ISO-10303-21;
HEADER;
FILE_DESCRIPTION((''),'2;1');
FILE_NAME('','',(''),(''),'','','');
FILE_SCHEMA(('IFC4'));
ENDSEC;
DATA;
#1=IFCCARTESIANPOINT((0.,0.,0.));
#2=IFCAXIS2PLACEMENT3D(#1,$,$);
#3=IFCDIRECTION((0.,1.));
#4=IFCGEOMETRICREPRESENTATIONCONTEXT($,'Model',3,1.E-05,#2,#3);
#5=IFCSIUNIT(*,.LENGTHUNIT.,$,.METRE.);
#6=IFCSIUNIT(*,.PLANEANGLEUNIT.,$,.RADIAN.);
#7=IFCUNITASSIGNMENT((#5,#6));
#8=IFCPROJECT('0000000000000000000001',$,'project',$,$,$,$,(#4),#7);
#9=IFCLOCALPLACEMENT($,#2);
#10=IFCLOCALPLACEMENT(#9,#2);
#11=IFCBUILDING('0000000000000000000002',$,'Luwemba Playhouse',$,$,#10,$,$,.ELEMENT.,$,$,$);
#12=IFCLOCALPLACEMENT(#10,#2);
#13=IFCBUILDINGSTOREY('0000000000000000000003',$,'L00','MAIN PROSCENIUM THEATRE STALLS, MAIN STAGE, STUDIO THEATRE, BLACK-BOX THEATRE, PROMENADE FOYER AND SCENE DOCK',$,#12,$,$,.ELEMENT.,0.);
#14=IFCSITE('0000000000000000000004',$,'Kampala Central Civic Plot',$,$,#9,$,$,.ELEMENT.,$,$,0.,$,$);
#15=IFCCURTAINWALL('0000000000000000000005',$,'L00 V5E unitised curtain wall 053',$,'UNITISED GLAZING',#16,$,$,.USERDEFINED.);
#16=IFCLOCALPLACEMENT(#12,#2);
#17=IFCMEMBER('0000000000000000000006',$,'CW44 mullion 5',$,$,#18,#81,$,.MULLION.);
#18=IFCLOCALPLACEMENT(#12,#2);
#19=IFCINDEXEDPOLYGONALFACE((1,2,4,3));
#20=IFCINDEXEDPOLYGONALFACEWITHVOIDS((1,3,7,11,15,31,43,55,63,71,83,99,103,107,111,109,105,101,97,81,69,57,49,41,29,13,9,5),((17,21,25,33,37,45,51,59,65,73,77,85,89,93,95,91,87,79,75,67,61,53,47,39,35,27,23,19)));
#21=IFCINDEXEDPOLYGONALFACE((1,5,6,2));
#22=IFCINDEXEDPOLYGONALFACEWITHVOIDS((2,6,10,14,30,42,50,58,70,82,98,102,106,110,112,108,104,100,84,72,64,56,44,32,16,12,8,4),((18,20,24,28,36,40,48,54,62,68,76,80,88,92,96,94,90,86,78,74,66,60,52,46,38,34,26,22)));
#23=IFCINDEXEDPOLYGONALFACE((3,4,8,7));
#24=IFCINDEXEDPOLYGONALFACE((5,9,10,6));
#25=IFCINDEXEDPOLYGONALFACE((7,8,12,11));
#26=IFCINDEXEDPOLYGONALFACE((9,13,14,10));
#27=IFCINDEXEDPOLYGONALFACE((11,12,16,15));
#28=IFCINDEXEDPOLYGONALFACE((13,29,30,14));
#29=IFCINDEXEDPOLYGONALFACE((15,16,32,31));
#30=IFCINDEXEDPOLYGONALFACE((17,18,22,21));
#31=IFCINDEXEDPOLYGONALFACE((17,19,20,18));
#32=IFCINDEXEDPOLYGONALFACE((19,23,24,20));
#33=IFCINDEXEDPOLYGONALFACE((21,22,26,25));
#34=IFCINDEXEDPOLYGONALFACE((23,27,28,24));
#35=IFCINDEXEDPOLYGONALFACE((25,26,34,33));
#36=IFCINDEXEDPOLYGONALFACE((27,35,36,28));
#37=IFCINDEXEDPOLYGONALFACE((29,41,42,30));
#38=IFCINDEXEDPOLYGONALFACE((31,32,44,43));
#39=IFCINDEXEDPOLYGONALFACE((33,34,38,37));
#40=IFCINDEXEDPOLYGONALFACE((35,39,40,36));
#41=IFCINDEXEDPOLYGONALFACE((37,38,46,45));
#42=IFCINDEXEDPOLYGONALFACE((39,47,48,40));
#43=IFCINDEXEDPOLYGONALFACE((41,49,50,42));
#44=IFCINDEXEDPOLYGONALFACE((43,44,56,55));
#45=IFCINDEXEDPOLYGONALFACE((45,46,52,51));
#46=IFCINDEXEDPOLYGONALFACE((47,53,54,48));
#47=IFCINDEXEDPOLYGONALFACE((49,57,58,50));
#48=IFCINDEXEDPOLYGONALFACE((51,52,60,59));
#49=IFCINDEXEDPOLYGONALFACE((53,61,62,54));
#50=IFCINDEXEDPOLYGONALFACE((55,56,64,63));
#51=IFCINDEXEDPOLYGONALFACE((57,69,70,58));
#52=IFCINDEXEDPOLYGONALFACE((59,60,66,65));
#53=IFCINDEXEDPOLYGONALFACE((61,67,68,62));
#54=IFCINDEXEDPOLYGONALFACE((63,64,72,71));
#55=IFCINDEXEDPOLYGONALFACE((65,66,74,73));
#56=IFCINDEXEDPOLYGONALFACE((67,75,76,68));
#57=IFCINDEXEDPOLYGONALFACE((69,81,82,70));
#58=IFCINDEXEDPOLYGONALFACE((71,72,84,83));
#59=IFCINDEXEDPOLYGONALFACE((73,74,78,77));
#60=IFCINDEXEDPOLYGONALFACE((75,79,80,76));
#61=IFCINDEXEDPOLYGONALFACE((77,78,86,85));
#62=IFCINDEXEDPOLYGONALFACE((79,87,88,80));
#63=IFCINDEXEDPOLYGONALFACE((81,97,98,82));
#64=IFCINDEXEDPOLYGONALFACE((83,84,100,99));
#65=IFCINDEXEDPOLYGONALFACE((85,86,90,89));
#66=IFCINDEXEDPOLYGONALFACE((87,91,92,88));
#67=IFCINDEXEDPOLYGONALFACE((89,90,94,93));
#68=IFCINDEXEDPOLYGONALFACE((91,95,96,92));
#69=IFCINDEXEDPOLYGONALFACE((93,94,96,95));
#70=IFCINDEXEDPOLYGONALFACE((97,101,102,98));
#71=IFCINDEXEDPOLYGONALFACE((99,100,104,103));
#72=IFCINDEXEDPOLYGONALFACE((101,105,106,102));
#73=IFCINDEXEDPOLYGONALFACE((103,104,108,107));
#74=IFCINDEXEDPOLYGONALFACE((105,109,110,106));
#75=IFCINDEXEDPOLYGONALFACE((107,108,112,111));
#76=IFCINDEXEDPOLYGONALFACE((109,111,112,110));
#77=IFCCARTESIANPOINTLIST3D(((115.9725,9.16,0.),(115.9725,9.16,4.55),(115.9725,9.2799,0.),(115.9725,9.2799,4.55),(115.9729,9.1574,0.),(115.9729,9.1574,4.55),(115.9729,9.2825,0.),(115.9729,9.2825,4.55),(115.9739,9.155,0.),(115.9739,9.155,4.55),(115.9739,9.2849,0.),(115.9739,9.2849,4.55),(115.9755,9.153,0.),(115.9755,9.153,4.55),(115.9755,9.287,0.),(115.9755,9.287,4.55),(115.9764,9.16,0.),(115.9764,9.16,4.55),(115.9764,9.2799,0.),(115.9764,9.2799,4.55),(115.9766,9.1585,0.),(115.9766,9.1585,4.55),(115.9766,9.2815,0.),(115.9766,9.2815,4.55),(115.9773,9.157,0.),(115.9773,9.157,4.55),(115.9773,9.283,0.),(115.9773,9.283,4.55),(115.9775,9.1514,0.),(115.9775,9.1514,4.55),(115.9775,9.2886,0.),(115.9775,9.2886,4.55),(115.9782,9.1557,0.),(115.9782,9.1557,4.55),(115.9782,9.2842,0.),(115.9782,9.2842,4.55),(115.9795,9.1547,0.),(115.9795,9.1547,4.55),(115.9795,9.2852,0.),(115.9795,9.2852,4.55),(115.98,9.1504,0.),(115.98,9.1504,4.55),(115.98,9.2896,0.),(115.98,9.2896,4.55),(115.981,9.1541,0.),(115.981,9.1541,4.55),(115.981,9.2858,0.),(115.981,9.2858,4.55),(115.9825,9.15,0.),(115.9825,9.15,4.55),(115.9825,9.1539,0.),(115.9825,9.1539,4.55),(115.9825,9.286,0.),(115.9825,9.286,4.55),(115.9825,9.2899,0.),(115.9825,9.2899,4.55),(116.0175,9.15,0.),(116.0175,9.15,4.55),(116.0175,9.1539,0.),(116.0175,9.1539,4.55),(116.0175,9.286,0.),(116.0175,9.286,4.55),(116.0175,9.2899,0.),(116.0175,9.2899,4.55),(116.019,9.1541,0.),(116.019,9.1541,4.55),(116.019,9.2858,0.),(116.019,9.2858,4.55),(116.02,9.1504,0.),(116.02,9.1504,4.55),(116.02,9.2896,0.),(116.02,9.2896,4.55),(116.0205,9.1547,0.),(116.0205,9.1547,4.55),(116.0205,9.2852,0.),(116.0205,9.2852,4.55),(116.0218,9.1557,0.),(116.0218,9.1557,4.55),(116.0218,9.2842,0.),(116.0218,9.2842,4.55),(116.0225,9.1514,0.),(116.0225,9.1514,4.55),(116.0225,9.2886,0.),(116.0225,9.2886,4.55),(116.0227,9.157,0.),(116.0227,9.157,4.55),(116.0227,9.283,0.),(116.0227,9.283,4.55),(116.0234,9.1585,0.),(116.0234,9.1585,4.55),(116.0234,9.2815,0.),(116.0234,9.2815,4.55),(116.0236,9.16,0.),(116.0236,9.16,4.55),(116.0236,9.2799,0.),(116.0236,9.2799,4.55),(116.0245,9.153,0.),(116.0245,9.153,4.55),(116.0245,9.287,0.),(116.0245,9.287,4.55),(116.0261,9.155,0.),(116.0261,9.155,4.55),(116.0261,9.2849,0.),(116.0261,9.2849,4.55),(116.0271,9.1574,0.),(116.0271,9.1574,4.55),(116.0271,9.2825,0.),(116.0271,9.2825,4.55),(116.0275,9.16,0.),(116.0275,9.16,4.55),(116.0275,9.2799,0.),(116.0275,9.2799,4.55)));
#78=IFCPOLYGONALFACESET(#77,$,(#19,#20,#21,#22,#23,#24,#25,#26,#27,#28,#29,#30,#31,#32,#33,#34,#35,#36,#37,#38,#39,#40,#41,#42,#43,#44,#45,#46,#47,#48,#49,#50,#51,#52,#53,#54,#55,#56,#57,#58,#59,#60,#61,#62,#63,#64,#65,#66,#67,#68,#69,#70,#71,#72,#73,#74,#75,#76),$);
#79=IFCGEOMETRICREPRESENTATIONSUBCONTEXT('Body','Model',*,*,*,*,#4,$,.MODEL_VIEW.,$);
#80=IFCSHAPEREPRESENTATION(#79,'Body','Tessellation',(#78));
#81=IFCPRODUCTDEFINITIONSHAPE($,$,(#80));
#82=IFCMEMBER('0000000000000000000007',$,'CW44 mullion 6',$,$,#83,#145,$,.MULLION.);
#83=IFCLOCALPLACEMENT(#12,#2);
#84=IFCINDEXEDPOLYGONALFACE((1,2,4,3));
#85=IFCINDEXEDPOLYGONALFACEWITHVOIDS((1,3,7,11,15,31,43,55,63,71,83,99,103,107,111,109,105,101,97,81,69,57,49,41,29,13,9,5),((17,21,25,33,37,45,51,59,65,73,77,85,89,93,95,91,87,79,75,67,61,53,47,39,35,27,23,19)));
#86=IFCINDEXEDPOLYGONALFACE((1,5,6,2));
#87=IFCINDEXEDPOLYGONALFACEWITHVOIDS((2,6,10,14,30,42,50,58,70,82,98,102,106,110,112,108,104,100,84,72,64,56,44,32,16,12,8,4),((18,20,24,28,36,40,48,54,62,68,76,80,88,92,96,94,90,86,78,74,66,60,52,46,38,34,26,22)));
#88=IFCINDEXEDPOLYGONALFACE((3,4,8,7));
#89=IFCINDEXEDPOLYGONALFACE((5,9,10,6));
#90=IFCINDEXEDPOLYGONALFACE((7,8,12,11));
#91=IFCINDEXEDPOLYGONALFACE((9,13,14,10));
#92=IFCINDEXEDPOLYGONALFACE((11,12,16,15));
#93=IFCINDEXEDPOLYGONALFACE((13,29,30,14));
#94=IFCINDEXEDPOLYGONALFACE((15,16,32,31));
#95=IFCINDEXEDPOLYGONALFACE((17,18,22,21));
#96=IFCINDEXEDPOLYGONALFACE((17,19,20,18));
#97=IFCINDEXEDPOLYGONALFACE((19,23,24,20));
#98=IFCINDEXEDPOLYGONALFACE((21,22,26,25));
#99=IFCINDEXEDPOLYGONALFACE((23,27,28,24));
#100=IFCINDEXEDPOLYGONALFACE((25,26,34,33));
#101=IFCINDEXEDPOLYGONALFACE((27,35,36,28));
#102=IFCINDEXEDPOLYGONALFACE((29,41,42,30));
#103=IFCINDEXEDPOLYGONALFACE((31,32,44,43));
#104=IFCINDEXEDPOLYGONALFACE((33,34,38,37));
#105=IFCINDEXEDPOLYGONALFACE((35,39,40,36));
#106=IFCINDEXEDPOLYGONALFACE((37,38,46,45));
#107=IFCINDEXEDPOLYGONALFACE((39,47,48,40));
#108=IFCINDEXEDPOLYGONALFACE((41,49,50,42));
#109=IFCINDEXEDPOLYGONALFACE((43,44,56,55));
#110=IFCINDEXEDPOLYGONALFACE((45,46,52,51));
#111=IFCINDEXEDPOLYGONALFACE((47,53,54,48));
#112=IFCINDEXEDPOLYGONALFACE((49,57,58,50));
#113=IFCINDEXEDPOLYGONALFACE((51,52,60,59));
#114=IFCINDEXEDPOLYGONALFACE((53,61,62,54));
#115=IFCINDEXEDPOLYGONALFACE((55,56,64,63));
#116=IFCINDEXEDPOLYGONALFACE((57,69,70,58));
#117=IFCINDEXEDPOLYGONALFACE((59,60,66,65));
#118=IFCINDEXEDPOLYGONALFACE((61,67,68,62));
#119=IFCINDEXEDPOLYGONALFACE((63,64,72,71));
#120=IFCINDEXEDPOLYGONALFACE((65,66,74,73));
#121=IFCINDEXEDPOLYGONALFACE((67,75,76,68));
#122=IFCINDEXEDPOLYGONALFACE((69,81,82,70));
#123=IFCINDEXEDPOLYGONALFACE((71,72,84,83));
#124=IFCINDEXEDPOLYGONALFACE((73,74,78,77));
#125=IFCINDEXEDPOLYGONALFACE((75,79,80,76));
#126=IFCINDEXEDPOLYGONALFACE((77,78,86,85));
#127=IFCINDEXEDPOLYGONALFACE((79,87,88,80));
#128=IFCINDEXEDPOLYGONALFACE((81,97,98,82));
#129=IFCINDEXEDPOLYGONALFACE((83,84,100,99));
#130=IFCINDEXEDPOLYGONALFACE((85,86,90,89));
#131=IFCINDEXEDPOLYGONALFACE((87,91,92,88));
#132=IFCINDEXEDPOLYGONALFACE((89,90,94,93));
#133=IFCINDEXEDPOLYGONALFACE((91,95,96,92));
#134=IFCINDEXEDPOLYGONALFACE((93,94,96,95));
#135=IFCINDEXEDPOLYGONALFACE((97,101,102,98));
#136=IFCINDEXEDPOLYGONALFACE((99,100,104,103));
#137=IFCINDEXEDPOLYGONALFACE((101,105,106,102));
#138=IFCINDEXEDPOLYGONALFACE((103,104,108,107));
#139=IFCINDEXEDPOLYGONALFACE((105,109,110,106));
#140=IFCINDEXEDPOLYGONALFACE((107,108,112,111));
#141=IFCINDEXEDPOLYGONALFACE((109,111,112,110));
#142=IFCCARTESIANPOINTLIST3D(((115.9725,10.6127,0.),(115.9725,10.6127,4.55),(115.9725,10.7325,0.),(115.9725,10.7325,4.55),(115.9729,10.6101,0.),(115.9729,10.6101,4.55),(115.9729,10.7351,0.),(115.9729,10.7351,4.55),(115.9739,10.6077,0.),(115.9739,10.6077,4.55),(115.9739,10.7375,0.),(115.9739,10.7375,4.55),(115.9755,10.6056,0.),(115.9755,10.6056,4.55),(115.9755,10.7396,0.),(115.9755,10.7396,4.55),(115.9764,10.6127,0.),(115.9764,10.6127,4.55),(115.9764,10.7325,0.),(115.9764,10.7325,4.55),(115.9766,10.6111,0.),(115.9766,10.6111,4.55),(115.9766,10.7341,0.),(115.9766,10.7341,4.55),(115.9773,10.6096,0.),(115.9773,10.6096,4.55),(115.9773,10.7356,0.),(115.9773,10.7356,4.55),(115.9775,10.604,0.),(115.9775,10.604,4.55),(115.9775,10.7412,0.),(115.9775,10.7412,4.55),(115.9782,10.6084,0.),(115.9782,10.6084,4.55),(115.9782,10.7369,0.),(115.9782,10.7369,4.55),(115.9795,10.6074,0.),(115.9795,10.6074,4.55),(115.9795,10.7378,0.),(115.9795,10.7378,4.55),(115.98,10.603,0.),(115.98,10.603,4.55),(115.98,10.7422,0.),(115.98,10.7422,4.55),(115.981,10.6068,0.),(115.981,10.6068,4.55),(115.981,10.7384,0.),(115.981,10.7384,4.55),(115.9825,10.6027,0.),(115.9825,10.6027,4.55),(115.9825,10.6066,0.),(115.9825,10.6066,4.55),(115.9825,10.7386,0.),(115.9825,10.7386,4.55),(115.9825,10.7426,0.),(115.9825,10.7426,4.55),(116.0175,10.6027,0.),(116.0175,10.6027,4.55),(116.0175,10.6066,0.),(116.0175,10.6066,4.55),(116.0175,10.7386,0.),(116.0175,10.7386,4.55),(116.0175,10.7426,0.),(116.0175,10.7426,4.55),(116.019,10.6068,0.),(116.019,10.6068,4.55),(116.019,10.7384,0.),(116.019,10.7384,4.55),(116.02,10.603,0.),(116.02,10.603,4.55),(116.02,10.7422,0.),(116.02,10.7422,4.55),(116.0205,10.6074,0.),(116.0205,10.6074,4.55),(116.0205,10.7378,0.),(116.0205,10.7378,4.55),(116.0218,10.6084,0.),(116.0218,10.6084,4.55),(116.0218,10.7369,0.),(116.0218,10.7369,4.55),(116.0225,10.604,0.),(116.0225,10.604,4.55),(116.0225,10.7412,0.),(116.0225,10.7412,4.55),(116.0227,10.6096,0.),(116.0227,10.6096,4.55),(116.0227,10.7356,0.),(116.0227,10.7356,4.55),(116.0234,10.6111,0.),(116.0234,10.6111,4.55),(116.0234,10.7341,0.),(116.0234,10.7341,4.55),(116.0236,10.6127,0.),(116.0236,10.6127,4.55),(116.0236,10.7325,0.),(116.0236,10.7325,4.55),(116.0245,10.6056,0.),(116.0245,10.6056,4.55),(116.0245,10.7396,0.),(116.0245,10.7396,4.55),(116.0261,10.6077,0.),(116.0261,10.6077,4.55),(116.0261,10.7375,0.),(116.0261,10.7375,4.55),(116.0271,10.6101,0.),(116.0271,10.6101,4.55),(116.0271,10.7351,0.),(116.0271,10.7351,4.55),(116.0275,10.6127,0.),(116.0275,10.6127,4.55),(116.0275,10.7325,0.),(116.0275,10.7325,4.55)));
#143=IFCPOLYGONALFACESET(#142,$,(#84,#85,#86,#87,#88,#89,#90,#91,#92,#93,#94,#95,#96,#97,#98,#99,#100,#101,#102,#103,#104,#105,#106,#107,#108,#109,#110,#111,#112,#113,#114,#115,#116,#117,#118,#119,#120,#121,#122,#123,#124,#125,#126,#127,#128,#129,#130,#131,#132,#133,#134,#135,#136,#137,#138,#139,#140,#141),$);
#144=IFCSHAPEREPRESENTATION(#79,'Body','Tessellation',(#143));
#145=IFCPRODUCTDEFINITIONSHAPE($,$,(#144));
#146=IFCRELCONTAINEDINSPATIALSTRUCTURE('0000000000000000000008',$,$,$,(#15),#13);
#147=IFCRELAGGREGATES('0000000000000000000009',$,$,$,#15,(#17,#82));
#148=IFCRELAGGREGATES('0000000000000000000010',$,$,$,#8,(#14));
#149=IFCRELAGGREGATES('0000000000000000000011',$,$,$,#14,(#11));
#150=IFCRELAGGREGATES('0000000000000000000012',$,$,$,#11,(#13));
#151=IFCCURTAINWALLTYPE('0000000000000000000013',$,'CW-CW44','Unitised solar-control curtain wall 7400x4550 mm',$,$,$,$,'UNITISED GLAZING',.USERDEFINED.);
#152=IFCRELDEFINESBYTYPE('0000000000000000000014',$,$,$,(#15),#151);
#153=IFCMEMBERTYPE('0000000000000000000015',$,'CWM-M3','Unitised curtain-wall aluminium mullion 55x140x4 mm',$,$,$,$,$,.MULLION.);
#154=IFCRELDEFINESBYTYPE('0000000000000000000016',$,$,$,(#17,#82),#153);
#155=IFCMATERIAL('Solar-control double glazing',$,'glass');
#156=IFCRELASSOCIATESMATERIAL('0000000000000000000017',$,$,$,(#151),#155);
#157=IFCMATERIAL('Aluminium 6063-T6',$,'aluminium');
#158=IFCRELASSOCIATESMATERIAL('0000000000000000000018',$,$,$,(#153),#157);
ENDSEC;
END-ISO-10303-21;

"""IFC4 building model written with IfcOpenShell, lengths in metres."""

from ifc_helpers import new_model, si_unit, direction, frame, origin, origin_2d, place, context, subcontext, project, spatial, hollow_rectangle, extrude, material, material_profile, profile_set, type_object, element, aggregate, save


model = new_model("IFC4")

# Units and contexts
model_context = context("Model", 3, precision=1e-05, world=origin(), true_north=direction((0.0, 1.0)))
body_context = subcontext(model_context, "Body", "Model", "MODEL_VIEW")
ifc_project = project(units=[si_unit("LENGTHUNIT", "METRE"), si_unit("PLANEANGLEUNIT", "RADIAN")], contexts=[model_context])

# Site, building, storey
site_placement = place(None, origin())
site = spatial("IfcSite", under=ifc_project, at=site_placement, Name="Kampala Central Civic Plot", CompositionType="ELEMENT", RefElevation=0.0)
building_placement = place(site_placement, origin())
building = spatial("IfcBuilding", under=site, at=building_placement, Name="Luwemba Playhouse", CompositionType="ELEMENT")
storey_placement = place(building_placement, origin())
storey = spatial("IfcBuildingStorey", under=building, at=storey_placement, Name="L00", Description="MAIN PROSCENIUM THEATRE STALLS, MAIN STAGE, STUDIO THEATRE, BLACK-BOX THEATRE, PROMENADE FOYER AND SCENE DOCK", CompositionType="ELEMENT", Elevation=0.0)

# Curtain wall, members
ifc_material_1 = material(Name="Solar-control double glazing", Category="glass")
curtain_wall_type_1 = type_object("IfcCurtainWallType", Name="CW-CW44", Description="Unitised solar-control curtain wall 7400x4550 mm", ElementType="UNITISED GLAZING", PredefinedType="USERDEFINED", material=ifc_material_1)
curtain_wall_1_placement = place(storey_placement, origin())
curtain_wall_1 = element("IfcCurtainWall", 1, at=curtain_wall_1_placement, inside=storey, type_object=curtain_wall_type_1, Name="L00 V5E unitised curtain wall 053", ObjectType="UNITISED GLAZING", PredefinedType="USERDEFINED")
ifc_material_2 = material(Name="Aluminium 6063-T6", Category="aluminium")
ifc_material_profile_1 = material_profile(ifc_material_2, hollow_rectangle(XDim=0.0549, YDim=0.1399, WallThickness=0.0039, InnerFilletRadius=0.0061, OuterFilletRadius=0.01, at=origin_2d()))
ifc_profile_set_1 = profile_set([ifc_material_profile_1], Name="Aluminium 6063-T6")
member_type_1 = type_object("IfcMemberType", Name="CWM-M3", Description="Unitised curtain-wall aluminium mullion 55x140x4 mm", PredefinedType="MULLION", material=ifc_profile_set_1)
member_1_placement = place(storey_placement, frame((116.0, 9.22, 0.0), z_axis=(0.0, 0.0, 1.0), x_axis=(-1.0, 0.0, 0.0)))
member_1 = element("IfcMember", 2, at=member_1_placement, type_object=member_type_1, Name="CW44 mullion 5", PredefinedType="MULLION", context=body_context, shape_type="SweptSolid", body=[
    extrude(hollow_rectangle(XDim=0.0549, YDim=0.1399, WallThickness=0.0039, InnerFilletRadius=0.0061, OuterFilletRadius=0.01, at=origin_2d()), origin(), (0.0, 0.0, 1.0), 4.55),
])
member_2_placement = place(storey_placement, frame((116.0, 10.6726, 0.0), z_axis=(0.0, 0.0, 1.0), x_axis=(-1.0, 0.0, 0.0)))
member_2 = element("IfcMember", 3, at=member_2_placement, type_object=member_type_1, Name="CW44 mullion 6", PredefinedType="MULLION", context=body_context, shape_type="SweptSolid", body=[
    extrude(hollow_rectangle(XDim=0.0549, YDim=0.1399, WallThickness=0.0039, InnerFilletRadius=0.0061, OuterFilletRadius=0.01, at=origin_2d()), origin(), (0.0, 0.0, 1.0), 4.55),
])

aggregate(curtain_wall_1, [member_1, member_2])

save(model, "model.ifc")
